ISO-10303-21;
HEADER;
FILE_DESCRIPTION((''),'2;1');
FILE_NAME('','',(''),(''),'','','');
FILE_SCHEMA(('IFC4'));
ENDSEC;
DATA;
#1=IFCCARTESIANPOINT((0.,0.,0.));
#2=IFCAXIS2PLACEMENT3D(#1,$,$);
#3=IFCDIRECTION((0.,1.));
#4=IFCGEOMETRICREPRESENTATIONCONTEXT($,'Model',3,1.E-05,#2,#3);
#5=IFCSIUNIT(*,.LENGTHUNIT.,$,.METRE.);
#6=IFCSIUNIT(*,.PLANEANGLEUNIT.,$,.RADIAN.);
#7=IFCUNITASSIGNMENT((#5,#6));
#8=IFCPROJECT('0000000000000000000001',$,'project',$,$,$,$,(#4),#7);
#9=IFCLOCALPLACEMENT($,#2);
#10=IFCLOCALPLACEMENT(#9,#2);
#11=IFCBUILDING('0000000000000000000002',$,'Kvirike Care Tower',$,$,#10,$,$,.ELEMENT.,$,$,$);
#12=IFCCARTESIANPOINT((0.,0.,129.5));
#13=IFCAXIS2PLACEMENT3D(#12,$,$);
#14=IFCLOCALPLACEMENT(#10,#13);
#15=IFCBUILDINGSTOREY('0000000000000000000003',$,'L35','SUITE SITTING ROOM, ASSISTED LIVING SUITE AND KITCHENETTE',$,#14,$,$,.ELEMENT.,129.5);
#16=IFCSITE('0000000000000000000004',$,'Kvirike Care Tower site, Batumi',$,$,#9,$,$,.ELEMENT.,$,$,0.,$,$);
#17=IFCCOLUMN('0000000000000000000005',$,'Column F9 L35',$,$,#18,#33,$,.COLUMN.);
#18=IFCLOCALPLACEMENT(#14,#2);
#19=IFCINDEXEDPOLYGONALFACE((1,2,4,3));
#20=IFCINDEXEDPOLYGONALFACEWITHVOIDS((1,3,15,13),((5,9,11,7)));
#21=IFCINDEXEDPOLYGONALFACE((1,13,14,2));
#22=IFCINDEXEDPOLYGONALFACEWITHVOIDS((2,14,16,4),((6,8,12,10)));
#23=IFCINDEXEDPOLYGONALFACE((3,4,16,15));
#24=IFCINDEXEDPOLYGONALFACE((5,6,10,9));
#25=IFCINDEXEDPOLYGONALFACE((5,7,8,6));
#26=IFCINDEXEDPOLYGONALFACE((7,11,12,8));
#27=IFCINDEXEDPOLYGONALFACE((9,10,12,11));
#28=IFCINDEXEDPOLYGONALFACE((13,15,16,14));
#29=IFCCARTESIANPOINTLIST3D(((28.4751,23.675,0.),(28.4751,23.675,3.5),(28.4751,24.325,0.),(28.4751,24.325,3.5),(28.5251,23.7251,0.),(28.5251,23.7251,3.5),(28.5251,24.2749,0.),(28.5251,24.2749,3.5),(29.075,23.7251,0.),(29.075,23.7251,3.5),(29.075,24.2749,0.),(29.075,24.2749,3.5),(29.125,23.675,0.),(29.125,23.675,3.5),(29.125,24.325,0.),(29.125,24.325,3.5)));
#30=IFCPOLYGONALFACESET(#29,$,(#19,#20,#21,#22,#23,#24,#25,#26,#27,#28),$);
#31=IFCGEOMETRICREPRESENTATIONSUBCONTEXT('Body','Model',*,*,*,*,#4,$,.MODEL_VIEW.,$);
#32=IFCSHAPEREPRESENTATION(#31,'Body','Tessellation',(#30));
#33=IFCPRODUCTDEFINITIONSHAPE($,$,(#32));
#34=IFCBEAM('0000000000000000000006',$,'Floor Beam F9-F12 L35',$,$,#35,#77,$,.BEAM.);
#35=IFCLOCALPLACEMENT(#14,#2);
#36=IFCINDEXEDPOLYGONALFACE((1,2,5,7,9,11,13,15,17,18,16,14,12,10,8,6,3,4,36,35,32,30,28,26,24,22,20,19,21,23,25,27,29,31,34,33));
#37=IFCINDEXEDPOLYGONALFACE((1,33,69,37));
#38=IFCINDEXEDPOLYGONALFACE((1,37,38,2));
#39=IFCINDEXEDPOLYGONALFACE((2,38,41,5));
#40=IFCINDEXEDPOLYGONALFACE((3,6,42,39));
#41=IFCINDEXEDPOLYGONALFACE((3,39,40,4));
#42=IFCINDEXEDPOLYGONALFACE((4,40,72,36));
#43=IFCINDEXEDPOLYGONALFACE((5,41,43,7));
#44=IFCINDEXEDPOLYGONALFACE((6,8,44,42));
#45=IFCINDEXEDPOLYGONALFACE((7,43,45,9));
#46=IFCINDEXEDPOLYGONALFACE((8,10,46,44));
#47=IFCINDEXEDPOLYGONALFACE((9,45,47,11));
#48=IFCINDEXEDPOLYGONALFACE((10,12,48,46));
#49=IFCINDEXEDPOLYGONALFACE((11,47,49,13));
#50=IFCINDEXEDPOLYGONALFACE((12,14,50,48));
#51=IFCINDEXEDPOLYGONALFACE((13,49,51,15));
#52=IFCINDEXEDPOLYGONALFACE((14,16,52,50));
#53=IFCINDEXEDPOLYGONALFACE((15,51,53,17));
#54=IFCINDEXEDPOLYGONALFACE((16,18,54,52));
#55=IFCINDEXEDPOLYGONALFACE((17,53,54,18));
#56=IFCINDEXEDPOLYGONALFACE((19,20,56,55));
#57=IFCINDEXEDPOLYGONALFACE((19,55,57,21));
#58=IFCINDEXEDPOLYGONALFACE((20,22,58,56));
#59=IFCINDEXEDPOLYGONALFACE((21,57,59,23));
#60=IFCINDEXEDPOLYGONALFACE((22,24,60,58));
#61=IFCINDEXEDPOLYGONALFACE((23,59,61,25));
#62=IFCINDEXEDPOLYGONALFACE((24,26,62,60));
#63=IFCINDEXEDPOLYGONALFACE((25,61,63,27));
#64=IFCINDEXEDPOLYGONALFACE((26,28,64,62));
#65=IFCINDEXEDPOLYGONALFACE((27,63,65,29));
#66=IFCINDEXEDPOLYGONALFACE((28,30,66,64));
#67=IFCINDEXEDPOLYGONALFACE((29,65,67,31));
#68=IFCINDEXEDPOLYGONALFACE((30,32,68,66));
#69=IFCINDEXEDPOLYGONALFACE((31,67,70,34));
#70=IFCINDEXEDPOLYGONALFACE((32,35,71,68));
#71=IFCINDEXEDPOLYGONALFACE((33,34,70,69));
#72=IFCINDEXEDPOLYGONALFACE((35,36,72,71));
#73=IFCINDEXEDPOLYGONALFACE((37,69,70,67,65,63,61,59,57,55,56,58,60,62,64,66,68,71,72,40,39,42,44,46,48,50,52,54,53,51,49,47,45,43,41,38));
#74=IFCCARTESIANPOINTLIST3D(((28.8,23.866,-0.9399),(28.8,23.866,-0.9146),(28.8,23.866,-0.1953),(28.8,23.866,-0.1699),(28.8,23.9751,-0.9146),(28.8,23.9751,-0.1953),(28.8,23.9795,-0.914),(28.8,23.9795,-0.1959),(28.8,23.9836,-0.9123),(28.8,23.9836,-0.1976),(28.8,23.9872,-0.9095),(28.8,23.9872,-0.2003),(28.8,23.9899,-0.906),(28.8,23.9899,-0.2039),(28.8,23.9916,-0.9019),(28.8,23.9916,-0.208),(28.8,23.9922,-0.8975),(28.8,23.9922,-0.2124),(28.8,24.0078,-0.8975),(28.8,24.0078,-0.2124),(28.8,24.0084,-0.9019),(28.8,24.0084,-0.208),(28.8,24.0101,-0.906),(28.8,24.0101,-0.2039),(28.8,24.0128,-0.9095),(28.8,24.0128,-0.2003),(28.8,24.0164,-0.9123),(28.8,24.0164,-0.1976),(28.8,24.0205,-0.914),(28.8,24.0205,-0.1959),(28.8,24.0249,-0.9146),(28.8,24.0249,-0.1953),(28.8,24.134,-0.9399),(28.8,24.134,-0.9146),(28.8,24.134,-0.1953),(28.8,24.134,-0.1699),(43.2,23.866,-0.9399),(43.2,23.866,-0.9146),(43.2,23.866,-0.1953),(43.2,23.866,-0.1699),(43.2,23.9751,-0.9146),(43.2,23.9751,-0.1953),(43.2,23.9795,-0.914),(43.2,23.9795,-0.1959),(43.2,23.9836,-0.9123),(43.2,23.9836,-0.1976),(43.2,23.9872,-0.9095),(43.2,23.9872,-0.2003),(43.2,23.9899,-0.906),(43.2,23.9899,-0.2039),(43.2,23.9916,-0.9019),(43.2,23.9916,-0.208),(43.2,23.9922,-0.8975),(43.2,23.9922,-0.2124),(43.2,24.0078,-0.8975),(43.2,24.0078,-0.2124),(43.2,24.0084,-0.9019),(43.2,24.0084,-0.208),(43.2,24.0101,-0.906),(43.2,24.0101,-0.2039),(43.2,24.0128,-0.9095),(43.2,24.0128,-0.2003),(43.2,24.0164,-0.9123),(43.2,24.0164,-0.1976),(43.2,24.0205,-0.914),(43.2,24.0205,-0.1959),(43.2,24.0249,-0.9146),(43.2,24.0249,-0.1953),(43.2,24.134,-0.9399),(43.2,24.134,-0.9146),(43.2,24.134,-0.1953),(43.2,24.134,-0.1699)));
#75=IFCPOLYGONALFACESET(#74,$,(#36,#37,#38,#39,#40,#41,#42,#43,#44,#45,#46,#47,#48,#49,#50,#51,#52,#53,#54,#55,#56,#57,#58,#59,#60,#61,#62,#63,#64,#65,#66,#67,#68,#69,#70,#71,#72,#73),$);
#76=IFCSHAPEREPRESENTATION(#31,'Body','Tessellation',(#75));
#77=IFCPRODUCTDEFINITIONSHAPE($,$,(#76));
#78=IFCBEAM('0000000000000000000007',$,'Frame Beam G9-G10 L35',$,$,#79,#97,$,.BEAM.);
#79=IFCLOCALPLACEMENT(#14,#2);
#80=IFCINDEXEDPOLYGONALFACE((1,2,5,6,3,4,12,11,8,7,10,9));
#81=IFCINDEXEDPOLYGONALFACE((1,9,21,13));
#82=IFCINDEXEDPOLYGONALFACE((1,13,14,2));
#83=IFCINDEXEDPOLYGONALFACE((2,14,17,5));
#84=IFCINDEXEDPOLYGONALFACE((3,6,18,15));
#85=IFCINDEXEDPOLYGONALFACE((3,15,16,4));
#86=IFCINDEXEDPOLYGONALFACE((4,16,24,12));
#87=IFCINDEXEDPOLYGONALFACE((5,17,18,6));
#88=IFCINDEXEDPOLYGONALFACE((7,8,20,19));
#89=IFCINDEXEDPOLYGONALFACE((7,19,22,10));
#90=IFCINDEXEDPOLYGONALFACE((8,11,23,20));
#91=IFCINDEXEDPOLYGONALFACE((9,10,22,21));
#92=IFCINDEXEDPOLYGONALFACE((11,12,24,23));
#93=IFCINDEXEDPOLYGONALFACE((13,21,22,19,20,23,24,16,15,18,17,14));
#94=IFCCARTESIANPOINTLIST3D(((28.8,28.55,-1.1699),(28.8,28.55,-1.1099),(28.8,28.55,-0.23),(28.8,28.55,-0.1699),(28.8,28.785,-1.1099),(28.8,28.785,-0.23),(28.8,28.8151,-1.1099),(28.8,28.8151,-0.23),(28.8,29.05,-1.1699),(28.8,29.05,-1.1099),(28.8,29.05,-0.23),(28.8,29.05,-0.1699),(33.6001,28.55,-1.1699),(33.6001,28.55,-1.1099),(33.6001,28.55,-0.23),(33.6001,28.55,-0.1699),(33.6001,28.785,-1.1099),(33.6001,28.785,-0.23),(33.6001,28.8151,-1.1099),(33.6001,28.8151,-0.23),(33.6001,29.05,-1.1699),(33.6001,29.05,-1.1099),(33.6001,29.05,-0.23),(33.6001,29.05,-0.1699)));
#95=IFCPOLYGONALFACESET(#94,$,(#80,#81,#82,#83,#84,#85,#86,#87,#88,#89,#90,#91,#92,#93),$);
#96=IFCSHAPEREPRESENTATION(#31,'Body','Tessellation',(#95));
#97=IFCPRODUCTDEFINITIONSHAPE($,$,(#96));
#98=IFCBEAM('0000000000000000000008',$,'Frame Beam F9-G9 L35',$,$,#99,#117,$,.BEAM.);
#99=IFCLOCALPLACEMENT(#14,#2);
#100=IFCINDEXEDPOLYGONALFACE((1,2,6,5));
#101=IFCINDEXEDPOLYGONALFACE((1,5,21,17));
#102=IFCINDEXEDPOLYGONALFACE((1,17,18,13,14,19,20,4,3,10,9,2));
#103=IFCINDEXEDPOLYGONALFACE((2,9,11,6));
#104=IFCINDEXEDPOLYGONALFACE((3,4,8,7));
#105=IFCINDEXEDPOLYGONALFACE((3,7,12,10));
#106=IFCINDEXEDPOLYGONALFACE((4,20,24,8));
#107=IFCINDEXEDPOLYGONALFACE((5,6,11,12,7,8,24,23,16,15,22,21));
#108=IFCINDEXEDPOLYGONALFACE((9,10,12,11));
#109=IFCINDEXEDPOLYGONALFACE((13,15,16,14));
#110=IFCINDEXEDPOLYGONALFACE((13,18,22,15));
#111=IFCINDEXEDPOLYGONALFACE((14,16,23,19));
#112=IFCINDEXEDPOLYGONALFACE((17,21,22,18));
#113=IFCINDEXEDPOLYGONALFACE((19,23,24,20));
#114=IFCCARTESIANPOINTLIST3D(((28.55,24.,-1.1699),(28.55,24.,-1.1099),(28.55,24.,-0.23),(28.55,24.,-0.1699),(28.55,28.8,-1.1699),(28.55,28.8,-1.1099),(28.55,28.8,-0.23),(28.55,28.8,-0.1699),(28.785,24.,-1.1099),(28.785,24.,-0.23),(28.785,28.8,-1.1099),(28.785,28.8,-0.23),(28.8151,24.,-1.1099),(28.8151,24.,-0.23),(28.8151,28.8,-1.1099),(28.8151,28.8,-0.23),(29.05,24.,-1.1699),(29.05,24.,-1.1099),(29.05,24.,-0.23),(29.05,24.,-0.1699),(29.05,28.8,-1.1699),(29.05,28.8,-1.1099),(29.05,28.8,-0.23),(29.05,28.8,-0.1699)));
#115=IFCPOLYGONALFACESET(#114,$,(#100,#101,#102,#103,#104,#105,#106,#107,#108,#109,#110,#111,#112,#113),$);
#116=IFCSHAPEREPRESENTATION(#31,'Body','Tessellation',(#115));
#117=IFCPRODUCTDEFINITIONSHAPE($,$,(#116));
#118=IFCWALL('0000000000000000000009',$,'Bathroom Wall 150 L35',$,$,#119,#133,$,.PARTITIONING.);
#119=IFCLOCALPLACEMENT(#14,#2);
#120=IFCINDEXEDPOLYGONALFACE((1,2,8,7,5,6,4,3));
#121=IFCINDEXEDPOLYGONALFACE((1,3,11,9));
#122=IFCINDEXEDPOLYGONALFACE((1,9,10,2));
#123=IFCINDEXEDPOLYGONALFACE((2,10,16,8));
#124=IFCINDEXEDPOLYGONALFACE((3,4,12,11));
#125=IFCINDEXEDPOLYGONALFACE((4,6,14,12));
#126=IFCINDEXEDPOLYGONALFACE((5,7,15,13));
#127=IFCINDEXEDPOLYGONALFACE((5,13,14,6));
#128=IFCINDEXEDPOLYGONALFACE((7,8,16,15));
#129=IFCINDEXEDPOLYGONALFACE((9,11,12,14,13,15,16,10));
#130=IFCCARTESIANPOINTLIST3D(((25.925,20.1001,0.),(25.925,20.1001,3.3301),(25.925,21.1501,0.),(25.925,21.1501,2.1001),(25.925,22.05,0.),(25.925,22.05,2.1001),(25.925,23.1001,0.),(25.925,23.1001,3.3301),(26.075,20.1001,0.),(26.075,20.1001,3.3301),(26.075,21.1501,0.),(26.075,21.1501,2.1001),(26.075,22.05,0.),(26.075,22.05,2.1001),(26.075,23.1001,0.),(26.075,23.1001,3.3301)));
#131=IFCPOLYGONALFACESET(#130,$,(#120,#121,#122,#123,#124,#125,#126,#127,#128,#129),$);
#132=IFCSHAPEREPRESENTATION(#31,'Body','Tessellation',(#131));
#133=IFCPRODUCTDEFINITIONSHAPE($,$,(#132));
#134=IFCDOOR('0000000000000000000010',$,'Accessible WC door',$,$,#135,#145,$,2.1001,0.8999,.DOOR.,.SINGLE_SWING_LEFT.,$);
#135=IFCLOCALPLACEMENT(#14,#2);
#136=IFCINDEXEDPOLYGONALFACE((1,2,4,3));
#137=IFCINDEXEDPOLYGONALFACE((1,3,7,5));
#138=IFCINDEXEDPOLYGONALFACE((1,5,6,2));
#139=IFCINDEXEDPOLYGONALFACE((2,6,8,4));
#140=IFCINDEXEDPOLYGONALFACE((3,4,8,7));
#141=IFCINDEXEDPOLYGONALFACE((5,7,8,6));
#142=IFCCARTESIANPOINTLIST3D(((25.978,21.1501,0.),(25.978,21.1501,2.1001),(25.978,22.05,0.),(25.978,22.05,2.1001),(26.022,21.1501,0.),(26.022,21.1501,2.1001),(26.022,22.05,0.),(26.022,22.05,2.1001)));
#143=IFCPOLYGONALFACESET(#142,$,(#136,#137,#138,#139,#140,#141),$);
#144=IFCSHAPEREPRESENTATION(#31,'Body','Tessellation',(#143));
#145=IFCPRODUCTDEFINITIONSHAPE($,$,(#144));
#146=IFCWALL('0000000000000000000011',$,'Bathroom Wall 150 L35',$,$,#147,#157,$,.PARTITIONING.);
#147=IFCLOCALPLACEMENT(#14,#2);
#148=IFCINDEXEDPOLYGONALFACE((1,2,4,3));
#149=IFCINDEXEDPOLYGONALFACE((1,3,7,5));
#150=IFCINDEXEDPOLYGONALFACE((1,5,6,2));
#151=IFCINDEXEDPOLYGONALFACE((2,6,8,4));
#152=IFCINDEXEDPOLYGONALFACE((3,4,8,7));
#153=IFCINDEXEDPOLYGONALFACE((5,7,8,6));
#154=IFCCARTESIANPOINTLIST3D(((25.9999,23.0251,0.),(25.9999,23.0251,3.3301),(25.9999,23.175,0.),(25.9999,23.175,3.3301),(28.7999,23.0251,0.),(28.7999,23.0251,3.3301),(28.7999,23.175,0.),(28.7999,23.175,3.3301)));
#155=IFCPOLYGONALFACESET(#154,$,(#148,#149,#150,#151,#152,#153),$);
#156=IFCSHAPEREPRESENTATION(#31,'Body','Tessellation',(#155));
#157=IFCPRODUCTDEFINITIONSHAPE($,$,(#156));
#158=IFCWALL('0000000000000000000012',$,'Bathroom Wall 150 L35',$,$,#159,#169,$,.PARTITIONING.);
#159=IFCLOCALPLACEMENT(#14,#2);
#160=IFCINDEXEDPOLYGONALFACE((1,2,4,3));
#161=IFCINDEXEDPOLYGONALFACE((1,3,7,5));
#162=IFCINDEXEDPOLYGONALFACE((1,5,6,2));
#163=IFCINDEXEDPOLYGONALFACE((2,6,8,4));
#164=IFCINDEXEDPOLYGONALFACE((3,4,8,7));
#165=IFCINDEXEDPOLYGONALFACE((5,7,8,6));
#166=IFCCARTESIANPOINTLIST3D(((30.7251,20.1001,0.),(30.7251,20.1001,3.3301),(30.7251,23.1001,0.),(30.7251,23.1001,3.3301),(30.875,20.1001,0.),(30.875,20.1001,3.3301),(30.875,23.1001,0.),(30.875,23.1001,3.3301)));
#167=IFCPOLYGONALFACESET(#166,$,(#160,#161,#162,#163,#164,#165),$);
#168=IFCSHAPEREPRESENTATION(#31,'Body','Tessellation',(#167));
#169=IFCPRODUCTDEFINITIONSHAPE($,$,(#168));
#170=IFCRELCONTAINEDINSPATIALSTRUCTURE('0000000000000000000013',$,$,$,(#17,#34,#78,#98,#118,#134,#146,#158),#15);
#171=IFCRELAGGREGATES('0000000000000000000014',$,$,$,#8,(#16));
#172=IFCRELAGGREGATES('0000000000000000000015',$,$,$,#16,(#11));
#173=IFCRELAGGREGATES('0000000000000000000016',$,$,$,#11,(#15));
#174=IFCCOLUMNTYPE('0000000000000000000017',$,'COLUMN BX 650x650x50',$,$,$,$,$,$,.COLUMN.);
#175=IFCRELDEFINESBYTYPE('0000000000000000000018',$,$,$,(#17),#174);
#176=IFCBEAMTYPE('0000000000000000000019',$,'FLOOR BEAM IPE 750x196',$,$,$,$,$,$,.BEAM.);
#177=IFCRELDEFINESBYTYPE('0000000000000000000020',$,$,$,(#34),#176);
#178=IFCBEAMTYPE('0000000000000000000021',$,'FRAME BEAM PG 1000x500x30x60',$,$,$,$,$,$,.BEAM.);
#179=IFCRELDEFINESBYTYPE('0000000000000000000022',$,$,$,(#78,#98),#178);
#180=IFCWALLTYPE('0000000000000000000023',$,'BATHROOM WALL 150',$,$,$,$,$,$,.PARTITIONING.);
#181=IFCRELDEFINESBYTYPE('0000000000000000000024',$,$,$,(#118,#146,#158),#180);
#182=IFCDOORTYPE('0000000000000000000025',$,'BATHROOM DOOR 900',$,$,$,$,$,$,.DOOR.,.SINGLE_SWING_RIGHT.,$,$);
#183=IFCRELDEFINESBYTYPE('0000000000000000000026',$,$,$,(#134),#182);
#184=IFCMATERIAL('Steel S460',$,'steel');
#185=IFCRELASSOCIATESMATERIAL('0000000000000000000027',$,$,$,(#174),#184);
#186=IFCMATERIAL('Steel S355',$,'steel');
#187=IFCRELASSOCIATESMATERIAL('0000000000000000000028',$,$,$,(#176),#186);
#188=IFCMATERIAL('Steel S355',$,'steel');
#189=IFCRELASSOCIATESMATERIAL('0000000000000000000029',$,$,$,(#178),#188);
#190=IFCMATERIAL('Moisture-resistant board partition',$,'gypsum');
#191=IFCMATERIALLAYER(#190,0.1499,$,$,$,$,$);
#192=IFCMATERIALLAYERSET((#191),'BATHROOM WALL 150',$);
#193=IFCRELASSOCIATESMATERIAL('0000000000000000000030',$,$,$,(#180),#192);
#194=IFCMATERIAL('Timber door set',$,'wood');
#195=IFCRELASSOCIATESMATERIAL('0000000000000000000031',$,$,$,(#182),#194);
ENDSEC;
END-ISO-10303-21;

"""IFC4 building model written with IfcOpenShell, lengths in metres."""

from ifc_helpers import new_model, si_unit, direction, frame, frame_2d, origin, origin_2d, place, context, subcontext, project, spatial, rectangle, hollow_rectangle, i_section, extrude, material, layer, layer_set, material_profile, profile_set, type_object, element, fill, save


model = new_model("IFC4")

# Units and contexts
model_context = context("Model", 3, precision=1e-05, world=origin(), true_north=direction((0.0, 1.0)))
body_context = subcontext(model_context, "Body", "Model", "MODEL_VIEW")
ifc_project = project(units=[si_unit("LENGTHUNIT", "METRE"), si_unit("PLANEANGLEUNIT", "RADIAN")], contexts=[model_context])

# Site, building, storey
site_placement = place(None, origin())
site = spatial("IfcSite", under=ifc_project, at=site_placement, Name="Kvirike Care Tower site, Batumi", CompositionType="ELEMENT", RefElevation=0.0)
building_placement = place(site_placement, origin())
building = spatial("IfcBuilding", under=site, at=building_placement, Name="Kvirike Care Tower", CompositionType="ELEMENT")
storey_placement = place(building_placement, frame((0.0, 0.0, 129.5)))
storey = spatial("IfcBuildingStorey", under=building, at=storey_placement, Name="L35", Description="SUITE SITTING ROOM, ASSISTED LIVING SUITE AND KITCHENETTE", CompositionType="ELEMENT", Elevation=129.5)

# Column
ifc_material_1 = material(Name="Steel S460", Category="steel")
ifc_material_profile_1 = material_profile(ifc_material_1, hollow_rectangle(XDim=0.6499, YDim=0.6499, WallThickness=0.05, at=origin_2d()), Name="BX 650x650x50")
ifc_profile_set_1 = profile_set([ifc_material_profile_1], Name="Steel S460")
column_type = type_object("IfcColumnType", Name="COLUMN BX 650x650x50", PredefinedType="COLUMN", material=ifc_profile_set_1)
column_placement = place(storey_placement, frame((28.8, 24.0, 0.0), z_axis=(0.0, 0.0, 1.0), x_axis=(1.0, 0.0, 0.0)))
element("IfcColumn", 1, at=column_placement, inside=storey, type_object=column_type, Name="Column F9 L35", PredefinedType="COLUMN", context=body_context, shape_type="SweptSolid", body=[
    extrude(hollow_rectangle(XDim=0.6499, YDim=0.6499, WallThickness=0.05, at=origin_2d()), origin(), (0.0, 0.0, 1.0), 3.5),
])

# Beams
ifc_material_2 = material(Name="Steel S355", Category="steel")
ifc_material_profile_2 = material_profile(ifc_material_2, i_section(OverallWidth=0.2681, OverallDepth=0.77, WebThickness=0.0156, FlangeThickness=0.0254, FilletRadius=0.0171, at=origin_2d()), Name="IPE 750x196")
ifc_profile_set_2 = profile_set([ifc_material_profile_2], Name="Steel S355")
beam_type_1 = type_object("IfcBeamType", Name="FLOOR BEAM IPE 750x196", PredefinedType="BEAM", material=ifc_profile_set_2)
beam_placement = place(storey_placement, frame((28.8, 24.0, -0.5549), z_axis=(1.0, 0.0, 0.0), x_axis=(0.0, 1.0, 0.0)))
element("IfcBeam", 2, at=beam_placement, inside=storey, type_object=beam_type_1, Name="Floor Beam F9-F12 L35", PredefinedType="BEAM", context=body_context, shape_type="SweptSolid", body=[
    extrude(i_section(OverallWidth=0.2681, OverallDepth=0.77, WebThickness=0.0156, FlangeThickness=0.0254, FilletRadius=0.0171, at=origin_2d()), origin(), (0.0, 0.0, 1.0), 14.3999),
])
ifc_material_3 = material(Name="Steel S355", Category="steel")
ifc_material_profile_3 = material_profile(ifc_material_3, i_section(OverallWidth=0.5, OverallDepth=1.0, WebThickness=0.03, FlangeThickness=0.0601, at=origin_2d()), Name="PG 1000x500x30x60")
ifc_profile_set_3 = profile_set([ifc_material_profile_3], Name="Steel S355")
beam_type_2 = type_object("IfcBeamType", Name="FRAME BEAM PG 1000x500x30x60", PredefinedType="BEAM", material=ifc_profile_set_3)
for number, where, z_axis, x_axis, name in (
    (3, (28.8, 28.8, -0.6699), (1.0, 0.0, 0.0), (0.0, 1.0, 0.0), "Frame Beam G9-G10 L35"),
    (4, (28.8, 24.0, -0.6699), (0.0, 1.0, 0.0), (-1.0, 0.0, 0.0), "Frame Beam F9-G9 L35"),
):
    element("IfcBeam", number, at=place(storey_placement, frame(where, z_axis=z_axis, x_axis=x_axis)), inside=storey, type_object=beam_type_2, Name=name, PredefinedType="BEAM", context=body_context, shape_type="SweptSolid", body=[
        extrude(i_section(OverallWidth=0.5, OverallDepth=1.0, WebThickness=0.03, FlangeThickness=0.0601, at=origin_2d()), origin(), (0.0, 0.0, 1.0), 4.8),
    ])

# Wall, opening, door
ifc_material_4 = material(Name="Moisture-resistant board partition", Category="gypsum")
ifc_layer_1 = layer(ifc_material_4, 0.1499)
ifc_layer_set_1 = layer_set([ifc_layer_1], Name="BATHROOM WALL 150")
wall_type_1 = type_object("IfcWallType", Name="BATHROOM WALL 150", PredefinedType="PARTITIONING", material=ifc_layer_set_1)
wall_1_placement = place(storey_placement, frame((26.0, 20.1001, 0.0), z_axis=(0.0, 0.0, 1.0), x_axis=(0.0, 1.0, 0.0)))
wall_1 = element("IfcWall", 5, at=wall_1_placement, inside=storey, type_object=wall_type_1, Name="Bathroom Wall 150 L35", PredefinedType="PARTITIONING", context=body_context, shape_type="SweptSolid", body=[
    extrude(rectangle(XDim=3.0, YDim=0.1499, at=frame_2d((1.5, 0.0))), origin(), (0.0, 0.0, 1.0), 3.3301),
])
opening_1_placement = place(wall_1_placement, frame((1.05, 0.0, 0.0)))
opening_1 = element("IfcOpeningElement", 6, at=opening_1_placement, cuts=wall_1, PredefinedType="OPENING", context=body_context, shape_type="SweptSolid", body=[
    extrude(rectangle(XDim=0.8999, YDim=2.1001, at=frame_2d((0.45, 1.05))), frame((0.0, 0.0854, 0.0), z_axis=(0.0, -1.0, 0.0), x_axis=(1.0, 0.0, 0.0)), (0.0, 0.0, 1.0), 0.1709),
])
ifc_material_5 = material(Name="Timber door set", Category="wood")
door_type_1 = type_object("IfcDoorType", Name="BATHROOM DOOR 900", OperationType="SINGLE_SWING_RIGHT", PredefinedType="DOOR", material=ifc_material_5)
door_1_placement = place(opening_1_placement, frame((0.8999, 0.0, 0.0), z_axis=(0.0, 0.0, 1.0), x_axis=(-1.0, 0.0, 0.0)))
door_1 = element("IfcDoor", 7, at=door_1_placement, inside=storey, type_object=door_type_1, Name="Accessible WC door", OperationType="SINGLE_SWING_LEFT", OverallHeight=2.1001, OverallWidth=0.8999, PredefinedType="DOOR", context=body_context, shape_type="SweptSolid", body=[
    extrude(rectangle(XDim=0.8999, YDim=2.1001, at=frame_2d((0.45, 1.05))), frame((0.0, 0.022, 0.0), z_axis=(0.0, -1.0, 0.0), x_axis=(1.0, 0.0, 0.0)), (0.0, 0.0, 1.0), 0.0439),
])
fill(opening_1, door_1)

# Walls
wall_2_placement = place(storey_placement, frame((26.0, 23.1001, 0.0), z_axis=(0.0, 0.0, 1.0), x_axis=(1.0, 0.0, 0.0)))
element("IfcWall", 8, at=wall_2_placement, inside=storey, type_object=wall_type_1, Name="Bathroom Wall 150 L35", PredefinedType="PARTITIONING", context=body_context, shape_type="SweptSolid", body=[
    extrude(rectangle(XDim=2.8, YDim=0.1499, at=frame_2d((1.3999, 0.0))), origin(), (0.0, 0.0, 1.0), 3.3301),
])
wall_3_placement = place(storey_placement, frame((30.8, 20.1001, 0.0), z_axis=(0.0, 0.0, 1.0), x_axis=(0.0, 1.0, 0.0)))
element("IfcWall", 9, at=wall_3_placement, inside=storey, type_object=wall_type_1, Name="Bathroom Wall 150 L35", PredefinedType="PARTITIONING", context=body_context, shape_type="SweptSolid", body=[
    extrude(rectangle(XDim=3.0, YDim=0.1499, at=frame_2d((1.5, 0.0))), origin(), (0.0, 0.0, 1.0), 3.3301),
])

save(model, "model.ifc")
